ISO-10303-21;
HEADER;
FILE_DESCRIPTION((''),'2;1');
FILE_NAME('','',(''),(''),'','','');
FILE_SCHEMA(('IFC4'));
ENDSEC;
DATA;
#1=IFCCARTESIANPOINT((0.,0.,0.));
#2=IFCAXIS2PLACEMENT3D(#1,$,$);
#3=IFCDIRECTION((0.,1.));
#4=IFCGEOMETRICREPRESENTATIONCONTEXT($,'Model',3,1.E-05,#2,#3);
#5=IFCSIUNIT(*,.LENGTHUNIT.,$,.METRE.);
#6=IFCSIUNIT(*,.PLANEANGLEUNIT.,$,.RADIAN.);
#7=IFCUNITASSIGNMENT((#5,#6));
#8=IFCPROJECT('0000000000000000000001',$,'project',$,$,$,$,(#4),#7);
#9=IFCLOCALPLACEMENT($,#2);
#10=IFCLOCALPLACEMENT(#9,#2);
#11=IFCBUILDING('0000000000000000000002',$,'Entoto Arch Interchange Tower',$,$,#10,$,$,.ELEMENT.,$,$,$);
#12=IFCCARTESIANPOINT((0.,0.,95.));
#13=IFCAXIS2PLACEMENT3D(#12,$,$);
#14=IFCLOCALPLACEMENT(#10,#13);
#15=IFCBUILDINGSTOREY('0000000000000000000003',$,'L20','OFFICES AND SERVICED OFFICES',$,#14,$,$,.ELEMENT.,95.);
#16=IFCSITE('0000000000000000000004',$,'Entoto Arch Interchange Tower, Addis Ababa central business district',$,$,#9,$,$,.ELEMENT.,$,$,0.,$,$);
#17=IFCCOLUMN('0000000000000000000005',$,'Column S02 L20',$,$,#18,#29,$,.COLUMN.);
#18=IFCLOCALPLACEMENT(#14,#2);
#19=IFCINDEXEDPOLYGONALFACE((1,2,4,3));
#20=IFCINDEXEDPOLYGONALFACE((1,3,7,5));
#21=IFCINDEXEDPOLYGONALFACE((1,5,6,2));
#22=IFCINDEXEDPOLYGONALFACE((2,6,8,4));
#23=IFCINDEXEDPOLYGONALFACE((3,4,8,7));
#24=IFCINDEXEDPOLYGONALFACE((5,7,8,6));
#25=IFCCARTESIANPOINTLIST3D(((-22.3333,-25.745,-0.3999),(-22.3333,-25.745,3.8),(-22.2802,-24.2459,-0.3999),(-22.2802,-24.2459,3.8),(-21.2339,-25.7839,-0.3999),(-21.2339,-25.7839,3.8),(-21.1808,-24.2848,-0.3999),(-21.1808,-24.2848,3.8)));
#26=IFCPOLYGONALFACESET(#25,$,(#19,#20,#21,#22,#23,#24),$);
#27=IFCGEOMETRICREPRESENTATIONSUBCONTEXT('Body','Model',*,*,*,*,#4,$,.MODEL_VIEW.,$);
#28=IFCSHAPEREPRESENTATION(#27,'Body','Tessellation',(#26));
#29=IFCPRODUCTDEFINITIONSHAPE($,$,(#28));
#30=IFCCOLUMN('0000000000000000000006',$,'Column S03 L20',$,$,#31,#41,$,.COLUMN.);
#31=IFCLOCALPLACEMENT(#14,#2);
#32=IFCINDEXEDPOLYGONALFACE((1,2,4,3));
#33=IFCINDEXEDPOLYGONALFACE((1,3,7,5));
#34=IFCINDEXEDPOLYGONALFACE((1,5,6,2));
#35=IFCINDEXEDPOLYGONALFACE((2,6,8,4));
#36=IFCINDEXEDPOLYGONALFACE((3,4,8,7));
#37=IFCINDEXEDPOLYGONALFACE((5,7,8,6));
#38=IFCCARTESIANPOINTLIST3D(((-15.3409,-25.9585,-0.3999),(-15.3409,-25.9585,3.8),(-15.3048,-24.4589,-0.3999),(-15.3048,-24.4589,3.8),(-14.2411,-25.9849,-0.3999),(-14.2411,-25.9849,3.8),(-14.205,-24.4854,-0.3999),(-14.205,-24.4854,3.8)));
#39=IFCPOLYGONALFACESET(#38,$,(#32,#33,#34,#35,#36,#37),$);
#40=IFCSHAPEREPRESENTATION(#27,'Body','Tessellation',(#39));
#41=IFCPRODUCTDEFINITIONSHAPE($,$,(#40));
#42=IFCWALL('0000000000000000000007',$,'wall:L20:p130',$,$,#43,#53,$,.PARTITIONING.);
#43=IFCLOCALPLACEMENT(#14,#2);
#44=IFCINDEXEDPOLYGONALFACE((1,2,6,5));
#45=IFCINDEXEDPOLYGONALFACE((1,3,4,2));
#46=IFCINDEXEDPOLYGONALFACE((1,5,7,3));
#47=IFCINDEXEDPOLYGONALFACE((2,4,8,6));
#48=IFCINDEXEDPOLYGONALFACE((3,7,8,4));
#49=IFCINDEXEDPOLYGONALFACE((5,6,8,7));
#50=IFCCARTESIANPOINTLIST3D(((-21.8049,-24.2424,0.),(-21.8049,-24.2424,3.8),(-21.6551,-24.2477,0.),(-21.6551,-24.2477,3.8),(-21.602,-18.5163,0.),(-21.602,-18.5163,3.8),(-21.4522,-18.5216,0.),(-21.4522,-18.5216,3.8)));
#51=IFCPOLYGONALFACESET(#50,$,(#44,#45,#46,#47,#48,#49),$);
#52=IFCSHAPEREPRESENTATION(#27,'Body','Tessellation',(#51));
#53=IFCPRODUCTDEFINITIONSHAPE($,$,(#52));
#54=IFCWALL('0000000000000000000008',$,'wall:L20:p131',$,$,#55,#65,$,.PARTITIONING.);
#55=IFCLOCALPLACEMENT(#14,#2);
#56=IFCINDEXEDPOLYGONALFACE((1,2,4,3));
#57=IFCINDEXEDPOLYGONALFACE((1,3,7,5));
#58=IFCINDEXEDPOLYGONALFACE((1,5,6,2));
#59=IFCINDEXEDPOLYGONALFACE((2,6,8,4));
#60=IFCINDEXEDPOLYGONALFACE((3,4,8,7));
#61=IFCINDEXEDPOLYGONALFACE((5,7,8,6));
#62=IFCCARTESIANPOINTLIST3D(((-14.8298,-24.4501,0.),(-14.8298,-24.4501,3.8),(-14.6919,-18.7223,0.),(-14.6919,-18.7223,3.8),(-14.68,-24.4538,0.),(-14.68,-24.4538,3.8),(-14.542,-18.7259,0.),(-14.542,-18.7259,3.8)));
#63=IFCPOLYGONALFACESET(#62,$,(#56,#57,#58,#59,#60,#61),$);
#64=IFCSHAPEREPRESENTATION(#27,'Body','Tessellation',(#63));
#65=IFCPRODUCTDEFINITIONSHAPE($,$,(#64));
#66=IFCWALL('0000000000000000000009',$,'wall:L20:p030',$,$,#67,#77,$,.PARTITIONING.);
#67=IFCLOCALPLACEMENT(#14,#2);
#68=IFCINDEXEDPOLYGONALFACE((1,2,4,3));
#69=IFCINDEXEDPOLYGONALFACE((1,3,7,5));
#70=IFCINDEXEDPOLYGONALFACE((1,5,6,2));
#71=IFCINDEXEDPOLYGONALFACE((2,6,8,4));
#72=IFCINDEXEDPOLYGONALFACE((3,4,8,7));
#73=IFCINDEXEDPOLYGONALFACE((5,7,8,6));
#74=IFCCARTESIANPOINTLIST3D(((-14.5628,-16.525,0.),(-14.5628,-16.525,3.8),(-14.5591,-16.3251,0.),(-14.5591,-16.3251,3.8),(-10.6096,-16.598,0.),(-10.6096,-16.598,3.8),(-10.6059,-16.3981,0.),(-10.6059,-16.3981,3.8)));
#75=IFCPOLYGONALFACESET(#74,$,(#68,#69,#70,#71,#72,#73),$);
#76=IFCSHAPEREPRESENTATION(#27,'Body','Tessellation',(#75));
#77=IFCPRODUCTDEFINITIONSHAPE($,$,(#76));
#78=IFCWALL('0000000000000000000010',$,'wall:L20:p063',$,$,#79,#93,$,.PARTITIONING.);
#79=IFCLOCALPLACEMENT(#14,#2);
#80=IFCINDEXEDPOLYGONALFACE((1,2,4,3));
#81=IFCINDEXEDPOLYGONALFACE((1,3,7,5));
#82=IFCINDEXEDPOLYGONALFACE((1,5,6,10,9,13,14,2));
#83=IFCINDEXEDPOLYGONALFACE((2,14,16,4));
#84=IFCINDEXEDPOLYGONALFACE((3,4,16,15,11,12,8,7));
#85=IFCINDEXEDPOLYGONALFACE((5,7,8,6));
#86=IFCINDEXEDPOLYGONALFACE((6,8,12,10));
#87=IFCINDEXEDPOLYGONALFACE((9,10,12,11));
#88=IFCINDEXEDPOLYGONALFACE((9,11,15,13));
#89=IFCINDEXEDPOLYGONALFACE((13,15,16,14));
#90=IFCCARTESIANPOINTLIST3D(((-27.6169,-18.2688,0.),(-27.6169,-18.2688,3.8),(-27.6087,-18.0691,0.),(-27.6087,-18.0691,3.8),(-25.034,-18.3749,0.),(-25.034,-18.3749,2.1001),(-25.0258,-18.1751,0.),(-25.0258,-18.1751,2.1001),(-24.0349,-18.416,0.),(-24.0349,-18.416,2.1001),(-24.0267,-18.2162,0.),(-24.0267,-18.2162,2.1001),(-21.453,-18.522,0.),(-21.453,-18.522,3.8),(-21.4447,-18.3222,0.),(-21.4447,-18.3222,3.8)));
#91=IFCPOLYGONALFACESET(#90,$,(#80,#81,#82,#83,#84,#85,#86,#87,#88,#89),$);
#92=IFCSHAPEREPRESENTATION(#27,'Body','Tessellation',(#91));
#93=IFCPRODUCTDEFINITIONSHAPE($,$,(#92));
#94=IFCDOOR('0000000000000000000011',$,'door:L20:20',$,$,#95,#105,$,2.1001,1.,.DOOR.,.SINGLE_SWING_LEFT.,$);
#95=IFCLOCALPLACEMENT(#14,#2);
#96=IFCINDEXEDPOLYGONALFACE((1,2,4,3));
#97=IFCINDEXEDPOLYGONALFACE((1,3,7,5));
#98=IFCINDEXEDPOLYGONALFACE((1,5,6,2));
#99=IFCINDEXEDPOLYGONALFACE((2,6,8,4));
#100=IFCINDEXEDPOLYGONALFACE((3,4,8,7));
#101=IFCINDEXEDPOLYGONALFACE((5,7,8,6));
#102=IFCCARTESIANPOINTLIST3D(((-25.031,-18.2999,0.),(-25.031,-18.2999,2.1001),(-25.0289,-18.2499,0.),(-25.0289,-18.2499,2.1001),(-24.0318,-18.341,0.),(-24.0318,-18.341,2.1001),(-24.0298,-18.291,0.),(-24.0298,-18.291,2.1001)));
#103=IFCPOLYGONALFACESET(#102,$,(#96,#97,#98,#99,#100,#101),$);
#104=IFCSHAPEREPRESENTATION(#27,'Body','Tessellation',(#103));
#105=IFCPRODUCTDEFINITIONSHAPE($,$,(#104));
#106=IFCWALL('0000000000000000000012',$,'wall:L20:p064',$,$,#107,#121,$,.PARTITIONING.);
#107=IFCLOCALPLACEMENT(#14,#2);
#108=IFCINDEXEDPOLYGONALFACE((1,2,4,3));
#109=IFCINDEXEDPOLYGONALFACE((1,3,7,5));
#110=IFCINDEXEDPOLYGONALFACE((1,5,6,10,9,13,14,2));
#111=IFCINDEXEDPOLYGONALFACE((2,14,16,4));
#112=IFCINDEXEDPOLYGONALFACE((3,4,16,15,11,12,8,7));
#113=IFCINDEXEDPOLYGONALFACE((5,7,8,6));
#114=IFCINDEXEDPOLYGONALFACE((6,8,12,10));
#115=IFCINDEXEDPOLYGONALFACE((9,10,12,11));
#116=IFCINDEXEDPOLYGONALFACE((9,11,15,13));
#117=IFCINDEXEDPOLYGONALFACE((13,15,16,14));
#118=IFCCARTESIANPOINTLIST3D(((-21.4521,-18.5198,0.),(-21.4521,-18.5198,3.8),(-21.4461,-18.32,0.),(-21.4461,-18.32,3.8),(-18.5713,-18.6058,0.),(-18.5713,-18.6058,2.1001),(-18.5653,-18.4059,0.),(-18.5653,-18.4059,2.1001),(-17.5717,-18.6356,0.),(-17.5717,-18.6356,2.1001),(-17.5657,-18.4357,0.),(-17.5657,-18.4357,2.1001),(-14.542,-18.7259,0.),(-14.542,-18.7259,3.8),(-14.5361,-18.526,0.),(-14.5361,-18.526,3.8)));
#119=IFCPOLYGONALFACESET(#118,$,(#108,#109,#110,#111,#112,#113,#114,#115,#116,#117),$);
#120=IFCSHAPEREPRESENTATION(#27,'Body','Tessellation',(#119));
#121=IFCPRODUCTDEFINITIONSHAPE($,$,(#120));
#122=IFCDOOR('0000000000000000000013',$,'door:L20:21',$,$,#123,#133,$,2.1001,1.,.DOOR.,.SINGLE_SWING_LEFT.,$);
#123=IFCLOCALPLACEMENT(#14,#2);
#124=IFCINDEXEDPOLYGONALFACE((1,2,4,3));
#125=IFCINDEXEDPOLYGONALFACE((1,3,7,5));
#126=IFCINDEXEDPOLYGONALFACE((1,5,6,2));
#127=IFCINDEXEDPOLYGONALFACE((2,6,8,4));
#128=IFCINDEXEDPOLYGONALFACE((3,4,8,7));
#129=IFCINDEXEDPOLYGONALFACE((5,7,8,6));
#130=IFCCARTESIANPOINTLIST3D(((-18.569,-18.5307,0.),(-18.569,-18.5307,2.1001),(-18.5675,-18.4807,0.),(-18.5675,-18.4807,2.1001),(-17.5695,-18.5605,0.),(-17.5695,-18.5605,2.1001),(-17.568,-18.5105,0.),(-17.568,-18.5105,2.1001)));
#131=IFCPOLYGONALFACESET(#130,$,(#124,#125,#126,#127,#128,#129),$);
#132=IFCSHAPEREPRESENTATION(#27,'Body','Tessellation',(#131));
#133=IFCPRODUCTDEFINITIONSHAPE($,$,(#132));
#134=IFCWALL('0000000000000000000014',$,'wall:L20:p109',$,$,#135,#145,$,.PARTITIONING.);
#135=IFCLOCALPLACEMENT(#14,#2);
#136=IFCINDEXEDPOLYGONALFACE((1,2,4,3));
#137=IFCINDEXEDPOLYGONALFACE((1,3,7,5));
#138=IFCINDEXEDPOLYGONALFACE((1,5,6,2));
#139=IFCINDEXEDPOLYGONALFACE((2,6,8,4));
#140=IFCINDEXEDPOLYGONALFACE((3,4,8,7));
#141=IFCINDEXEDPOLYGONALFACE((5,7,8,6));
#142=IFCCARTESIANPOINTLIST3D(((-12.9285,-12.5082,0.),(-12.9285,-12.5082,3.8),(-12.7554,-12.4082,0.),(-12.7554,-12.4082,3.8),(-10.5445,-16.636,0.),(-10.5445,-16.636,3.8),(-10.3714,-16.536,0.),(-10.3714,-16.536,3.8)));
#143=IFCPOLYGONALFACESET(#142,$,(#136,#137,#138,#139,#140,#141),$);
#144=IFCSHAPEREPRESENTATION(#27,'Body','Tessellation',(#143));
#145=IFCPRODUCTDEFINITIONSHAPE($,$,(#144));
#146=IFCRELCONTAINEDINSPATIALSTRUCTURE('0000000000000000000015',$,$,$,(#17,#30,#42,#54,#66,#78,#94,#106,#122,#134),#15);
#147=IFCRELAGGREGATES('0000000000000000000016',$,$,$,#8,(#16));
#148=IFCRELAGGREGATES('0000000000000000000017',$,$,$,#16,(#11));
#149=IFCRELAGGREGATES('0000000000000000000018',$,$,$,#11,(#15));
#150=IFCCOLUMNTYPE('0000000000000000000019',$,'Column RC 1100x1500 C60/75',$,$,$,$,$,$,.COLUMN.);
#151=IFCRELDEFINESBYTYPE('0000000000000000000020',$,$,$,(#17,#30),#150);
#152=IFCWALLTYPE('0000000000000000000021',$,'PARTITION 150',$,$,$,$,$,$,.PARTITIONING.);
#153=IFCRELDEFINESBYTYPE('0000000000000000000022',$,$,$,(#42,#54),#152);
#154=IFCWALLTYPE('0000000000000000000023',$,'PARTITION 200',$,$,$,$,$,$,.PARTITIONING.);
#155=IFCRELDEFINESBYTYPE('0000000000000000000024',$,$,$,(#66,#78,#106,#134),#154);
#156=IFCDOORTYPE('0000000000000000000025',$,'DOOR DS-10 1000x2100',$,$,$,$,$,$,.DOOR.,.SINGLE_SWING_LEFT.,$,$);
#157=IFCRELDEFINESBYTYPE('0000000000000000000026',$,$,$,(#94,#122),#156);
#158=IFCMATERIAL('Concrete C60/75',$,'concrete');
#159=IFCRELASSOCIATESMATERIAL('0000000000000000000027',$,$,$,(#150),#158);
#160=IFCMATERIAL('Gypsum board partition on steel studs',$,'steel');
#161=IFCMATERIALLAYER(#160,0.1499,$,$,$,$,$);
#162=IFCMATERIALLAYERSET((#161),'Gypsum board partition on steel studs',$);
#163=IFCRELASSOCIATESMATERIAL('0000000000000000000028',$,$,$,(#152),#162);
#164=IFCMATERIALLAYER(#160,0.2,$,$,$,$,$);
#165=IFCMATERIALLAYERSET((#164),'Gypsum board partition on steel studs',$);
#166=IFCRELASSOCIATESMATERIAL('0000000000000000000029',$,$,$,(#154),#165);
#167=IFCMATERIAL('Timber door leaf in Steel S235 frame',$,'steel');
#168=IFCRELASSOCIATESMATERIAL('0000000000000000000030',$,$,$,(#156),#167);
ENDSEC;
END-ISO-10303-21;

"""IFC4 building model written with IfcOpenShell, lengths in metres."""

from ifc_helpers import new_model, si_unit, direction, frame, frame_2d, origin, origin_2d, place, context, subcontext, project, spatial, rectangle, extrude, material, layer, layer_set, material_profile, profile_set, type_object, element, fill, save


model = new_model("IFC4")

# Units and contexts
model_context = context("Model", 3, precision=1e-05, world=origin(), true_north=direction((0.0, 1.0)))
body_context = subcontext(model_context, "Body", "Model", "MODEL_VIEW")
ifc_project = project(units=[si_unit("LENGTHUNIT", "METRE"), si_unit("PLANEANGLEUNIT", "RADIAN")], contexts=[model_context])

# Site, building, storey
site_placement = place(None, origin())
site = spatial("IfcSite", under=ifc_project, at=site_placement, Name="Entoto Arch Interchange Tower, Addis Ababa central business district", CompositionType="ELEMENT", RefElevation=0.0)
building_placement = place(site_placement, origin())
building = spatial("IfcBuilding", under=site, at=building_placement, Name="Entoto Arch Interchange Tower", CompositionType="ELEMENT")
storey_placement = place(building_placement, frame((0.0, 0.0, 95.0)))
storey = spatial("IfcBuildingStorey", under=building, at=storey_placement, Name="L20", Description="OFFICES AND SERVICED OFFICES", CompositionType="ELEMENT", Elevation=95.0)

# Columns
ifc_material_1 = material(Name="Concrete C60/75", Category="concrete")
ifc_material_profile = material_profile(ifc_material_1, rectangle(XDim=1.1001, YDim=1.5, at=origin_2d()))
ifc_profile_set = profile_set([ifc_material_profile], Name="Concrete C60/75")
column_type = type_object("IfcColumnType", Name="Column RC 1100x1500 C60/75", PredefinedType="COLUMN", material=ifc_profile_set)
for number, where, z_axis, x_axis, name in (
    (1, (-21.7571, -25.0149, -0.3999), (0.0, 0.0, 1.0), (-0.999374, 0.035388, 0.0), "Column S02 L20"),
    (2, (-14.7729, -25.2219, -0.3999), (0.0, 0.0, 1.0), (-0.999711, 0.024031, 0.0), "Column S03 L20"),
):
    element("IfcColumn", number, at=place(storey_placement, frame(where, z_axis=z_axis, x_axis=x_axis)), inside=storey, type_object=column_type, Name=name, PredefinedType="COLUMN", context=body_context, shape_type="SweptSolid", body=[
        extrude(rectangle(XDim=1.1001, YDim=1.5, at=origin_2d()), origin(), (0.0, 0.0, 1.0), 4.2),
    ])

# Walls
ifc_material_2 = material(Name="Gypsum board partition on steel studs", Category="steel")
ifc_layer_1 = layer(ifc_material_2, 0.1499)
ifc_layer_set_1 = layer_set([ifc_layer_1], Name="Gypsum board partition on steel studs")
wall_type_1 = type_object("IfcWallType", Name="PARTITION 150", PredefinedType="PARTITIONING", material=ifc_layer_set_1)
wall_1_placement = place(storey_placement, frame((-21.5271, -18.519, 0.0), z_axis=(0.0, 0.0, 1.0), x_axis=(-0.035409, -0.999373, 0.0)))
element("IfcWall", 3, at=wall_1_placement, inside=storey, type_object=wall_type_1, Name="wall:L20:p130", PredefinedType="PARTITIONING", context=body_context, shape_type="SweptSolid", body=[
    extrude(rectangle(XDim=5.7297, YDim=0.1499, at=frame_2d((2.8647, 0.0))), origin(), (0.0, 0.0, 1.0), 3.8),
])
wall_2_placement = place(storey_placement, frame((-14.6169, -18.7241, 0.0), z_axis=(0.0, 0.0, 1.0), x_axis=(-0.024076, -0.99971, 0.0)))
element("IfcWall", 4, at=wall_2_placement, inside=storey, type_object=wall_type_1, Name="wall:L20:p131", PredefinedType="PARTITIONING", context=body_context, shape_type="SweptSolid", body=[
    extrude(rectangle(XDim=5.7295, YDim=0.1499, at=frame_2d((2.8647, 0.0))), origin(), (0.0, 0.0, 1.0), 3.8),
])
ifc_layer_2 = layer(ifc_material_2, 0.2)
ifc_layer_set_2 = layer_set([ifc_layer_2], Name="Gypsum board partition on steel studs")
wall_type_2 = type_object("IfcWallType", Name="PARTITION 200", PredefinedType="PARTITIONING", material=ifc_layer_set_2)
wall_3_placement = place(storey_placement, frame((-14.561, -16.425, 0.0), z_axis=(0.0, 0.0, 1.0), x_axis=(0.99983, -0.018463, 0.0)))
element("IfcWall", 5, at=wall_3_placement, inside=storey, type_object=wall_type_2, Name="wall:L20:p030", PredefinedType="PARTITIONING", context=body_context, shape_type="SweptSolid", body=[
    extrude(rectangle(XDim=3.9539, YDim=0.2, at=frame_2d((1.9771, 0.0))), origin(), (0.0, 0.0, 1.0), 3.8),
])

# Walls, openings, doors
wall_4_placement = place(storey_placement, frame((-21.449, -18.4221, 0.0), z_axis=(0.0, 0.0, 1.0), x_axis=(-0.999158, 0.041038, 0.0)))
wall_4 = element("IfcWall", 6, at=wall_4_placement, inside=storey, type_object=wall_type_2, Name="wall:L20:p063", PredefinedType="PARTITIONING", context=body_context, shape_type="SweptSolid", body=[
    extrude(rectangle(XDim=6.1692, YDim=0.2, at=frame_2d((3.0845, 0.0))), origin(), (0.0, 0.0, 1.0), 3.8),
])
opening_1_placement = place(wall_4_placement, frame((2.584, 0.0, 0.0)))
opening_1 = element("IfcOpeningElement", 7, at=opening_1_placement, cuts=wall_4, PredefinedType="OPENING", context=body_context, shape_type="SweptSolid", body=[
    extrude(rectangle(XDim=1.0, YDim=2.1001, at=frame_2d((0.5, 1.05))), frame((0.0, 0.1099, 0.0), z_axis=(0.0, -1.0, 0.0), x_axis=(1.0, 0.0, 0.0)), (0.0, 0.0, 1.0), 0.22),
])
ifc_material_3 = material(Name="Timber door leaf in Steel S235 frame", Category="steel")
door_type = type_object("IfcDoorType", Name="DOOR DS-10 1000x2100", OperationType="SINGLE_SWING_LEFT", PredefinedType="DOOR", material=ifc_material_3)
door_1_placement = place(opening_1_placement, origin())
door_1 = element("IfcDoor", 8, at=door_1_placement, inside=storey, type_object=door_type, Name="door:L20:20", OperationType="SINGLE_SWING_LEFT", OverallHeight=2.1001, OverallWidth=1.0, PredefinedType="DOOR", context=body_context, shape_type="SweptSolid", body=[
    extrude(rectangle(XDim=1.0, YDim=2.1001, at=frame_2d((0.5, 1.05))), frame((0.0, 0.0249, 0.0), z_axis=(0.0, -1.0, 0.0), x_axis=(1.0, 0.0, 0.0)), (0.0, 0.0, 1.0), 0.05),
])
fill(opening_1, door_1)
wall_5_placement = place(storey_placement, frame((-14.5391, -18.626, 0.0), z_axis=(0.0, 0.0, 1.0), x_axis=(-0.999556, 0.029807, 0.0)))
wall_5 = element("IfcWall", 9, at=wall_5_placement, inside=storey, type_object=wall_type_2, Name="wall:L20:p064", PredefinedType="PARTITIONING", context=body_context, shape_type="SweptSolid", body=[
    extrude(rectangle(XDim=6.9131, YDim=0.2, at=frame_2d((3.4565, 0.0))), origin(), (0.0, 0.0, 1.0), 3.8),
])
opening_2_placement = place(wall_5_placement, frame((3.031, 0.0, 0.0)))
opening_2 = element("IfcOpeningElement", 10, at=opening_2_placement, cuts=wall_5, PredefinedType="OPENING", context=body_context, shape_type="SweptSolid", body=[
    extrude(rectangle(XDim=1.0, YDim=2.1001, at=frame_2d((0.5, 1.05))), frame((0.0, 0.1099, 0.0), z_axis=(0.0, -1.0, 0.0), x_axis=(1.0, 0.0, 0.0)), (0.0, 0.0, 1.0), 0.22),
])
door_2_placement = place(opening_2_placement, origin())
door_2 = element("IfcDoor", 11, at=door_2_placement, inside=storey, type_object=door_type, Name="door:L20:21", OperationType="SINGLE_SWING_LEFT", OverallHeight=2.1001, OverallWidth=1.0, PredefinedType="DOOR", context=body_context, shape_type="SweptSolid", body=[
    extrude(rectangle(XDim=1.0, YDim=2.1001, at=frame_2d((0.5, 1.05))), frame((0.0, 0.0249, 0.0), z_axis=(0.0, -1.0, 0.0), x_axis=(1.0, 0.0, 0.0)), (0.0, 0.0, 1.0), 0.05),
])
fill(opening_2, door_2)

# Wall
wall_6_placement = place(storey_placement, frame((-10.458, -16.5859, 0.0), z_axis=(0.0, 0.0, 1.0), x_axis=(-0.500121, 0.865955, 0.0)))
element("IfcWall", 12, at=wall_6_placement, inside=storey, type_object=wall_type_2, Name="wall:L20:p109", PredefinedType="PARTITIONING", context=body_context, shape_type="SweptSolid", body=[
    extrude(rectangle(XDim=4.7668, YDim=0.2, at=frame_2d((2.3833, 0.0))), origin(), (0.0, 0.0, 1.0), 3.8),
])

save(model, "model.ifc")
